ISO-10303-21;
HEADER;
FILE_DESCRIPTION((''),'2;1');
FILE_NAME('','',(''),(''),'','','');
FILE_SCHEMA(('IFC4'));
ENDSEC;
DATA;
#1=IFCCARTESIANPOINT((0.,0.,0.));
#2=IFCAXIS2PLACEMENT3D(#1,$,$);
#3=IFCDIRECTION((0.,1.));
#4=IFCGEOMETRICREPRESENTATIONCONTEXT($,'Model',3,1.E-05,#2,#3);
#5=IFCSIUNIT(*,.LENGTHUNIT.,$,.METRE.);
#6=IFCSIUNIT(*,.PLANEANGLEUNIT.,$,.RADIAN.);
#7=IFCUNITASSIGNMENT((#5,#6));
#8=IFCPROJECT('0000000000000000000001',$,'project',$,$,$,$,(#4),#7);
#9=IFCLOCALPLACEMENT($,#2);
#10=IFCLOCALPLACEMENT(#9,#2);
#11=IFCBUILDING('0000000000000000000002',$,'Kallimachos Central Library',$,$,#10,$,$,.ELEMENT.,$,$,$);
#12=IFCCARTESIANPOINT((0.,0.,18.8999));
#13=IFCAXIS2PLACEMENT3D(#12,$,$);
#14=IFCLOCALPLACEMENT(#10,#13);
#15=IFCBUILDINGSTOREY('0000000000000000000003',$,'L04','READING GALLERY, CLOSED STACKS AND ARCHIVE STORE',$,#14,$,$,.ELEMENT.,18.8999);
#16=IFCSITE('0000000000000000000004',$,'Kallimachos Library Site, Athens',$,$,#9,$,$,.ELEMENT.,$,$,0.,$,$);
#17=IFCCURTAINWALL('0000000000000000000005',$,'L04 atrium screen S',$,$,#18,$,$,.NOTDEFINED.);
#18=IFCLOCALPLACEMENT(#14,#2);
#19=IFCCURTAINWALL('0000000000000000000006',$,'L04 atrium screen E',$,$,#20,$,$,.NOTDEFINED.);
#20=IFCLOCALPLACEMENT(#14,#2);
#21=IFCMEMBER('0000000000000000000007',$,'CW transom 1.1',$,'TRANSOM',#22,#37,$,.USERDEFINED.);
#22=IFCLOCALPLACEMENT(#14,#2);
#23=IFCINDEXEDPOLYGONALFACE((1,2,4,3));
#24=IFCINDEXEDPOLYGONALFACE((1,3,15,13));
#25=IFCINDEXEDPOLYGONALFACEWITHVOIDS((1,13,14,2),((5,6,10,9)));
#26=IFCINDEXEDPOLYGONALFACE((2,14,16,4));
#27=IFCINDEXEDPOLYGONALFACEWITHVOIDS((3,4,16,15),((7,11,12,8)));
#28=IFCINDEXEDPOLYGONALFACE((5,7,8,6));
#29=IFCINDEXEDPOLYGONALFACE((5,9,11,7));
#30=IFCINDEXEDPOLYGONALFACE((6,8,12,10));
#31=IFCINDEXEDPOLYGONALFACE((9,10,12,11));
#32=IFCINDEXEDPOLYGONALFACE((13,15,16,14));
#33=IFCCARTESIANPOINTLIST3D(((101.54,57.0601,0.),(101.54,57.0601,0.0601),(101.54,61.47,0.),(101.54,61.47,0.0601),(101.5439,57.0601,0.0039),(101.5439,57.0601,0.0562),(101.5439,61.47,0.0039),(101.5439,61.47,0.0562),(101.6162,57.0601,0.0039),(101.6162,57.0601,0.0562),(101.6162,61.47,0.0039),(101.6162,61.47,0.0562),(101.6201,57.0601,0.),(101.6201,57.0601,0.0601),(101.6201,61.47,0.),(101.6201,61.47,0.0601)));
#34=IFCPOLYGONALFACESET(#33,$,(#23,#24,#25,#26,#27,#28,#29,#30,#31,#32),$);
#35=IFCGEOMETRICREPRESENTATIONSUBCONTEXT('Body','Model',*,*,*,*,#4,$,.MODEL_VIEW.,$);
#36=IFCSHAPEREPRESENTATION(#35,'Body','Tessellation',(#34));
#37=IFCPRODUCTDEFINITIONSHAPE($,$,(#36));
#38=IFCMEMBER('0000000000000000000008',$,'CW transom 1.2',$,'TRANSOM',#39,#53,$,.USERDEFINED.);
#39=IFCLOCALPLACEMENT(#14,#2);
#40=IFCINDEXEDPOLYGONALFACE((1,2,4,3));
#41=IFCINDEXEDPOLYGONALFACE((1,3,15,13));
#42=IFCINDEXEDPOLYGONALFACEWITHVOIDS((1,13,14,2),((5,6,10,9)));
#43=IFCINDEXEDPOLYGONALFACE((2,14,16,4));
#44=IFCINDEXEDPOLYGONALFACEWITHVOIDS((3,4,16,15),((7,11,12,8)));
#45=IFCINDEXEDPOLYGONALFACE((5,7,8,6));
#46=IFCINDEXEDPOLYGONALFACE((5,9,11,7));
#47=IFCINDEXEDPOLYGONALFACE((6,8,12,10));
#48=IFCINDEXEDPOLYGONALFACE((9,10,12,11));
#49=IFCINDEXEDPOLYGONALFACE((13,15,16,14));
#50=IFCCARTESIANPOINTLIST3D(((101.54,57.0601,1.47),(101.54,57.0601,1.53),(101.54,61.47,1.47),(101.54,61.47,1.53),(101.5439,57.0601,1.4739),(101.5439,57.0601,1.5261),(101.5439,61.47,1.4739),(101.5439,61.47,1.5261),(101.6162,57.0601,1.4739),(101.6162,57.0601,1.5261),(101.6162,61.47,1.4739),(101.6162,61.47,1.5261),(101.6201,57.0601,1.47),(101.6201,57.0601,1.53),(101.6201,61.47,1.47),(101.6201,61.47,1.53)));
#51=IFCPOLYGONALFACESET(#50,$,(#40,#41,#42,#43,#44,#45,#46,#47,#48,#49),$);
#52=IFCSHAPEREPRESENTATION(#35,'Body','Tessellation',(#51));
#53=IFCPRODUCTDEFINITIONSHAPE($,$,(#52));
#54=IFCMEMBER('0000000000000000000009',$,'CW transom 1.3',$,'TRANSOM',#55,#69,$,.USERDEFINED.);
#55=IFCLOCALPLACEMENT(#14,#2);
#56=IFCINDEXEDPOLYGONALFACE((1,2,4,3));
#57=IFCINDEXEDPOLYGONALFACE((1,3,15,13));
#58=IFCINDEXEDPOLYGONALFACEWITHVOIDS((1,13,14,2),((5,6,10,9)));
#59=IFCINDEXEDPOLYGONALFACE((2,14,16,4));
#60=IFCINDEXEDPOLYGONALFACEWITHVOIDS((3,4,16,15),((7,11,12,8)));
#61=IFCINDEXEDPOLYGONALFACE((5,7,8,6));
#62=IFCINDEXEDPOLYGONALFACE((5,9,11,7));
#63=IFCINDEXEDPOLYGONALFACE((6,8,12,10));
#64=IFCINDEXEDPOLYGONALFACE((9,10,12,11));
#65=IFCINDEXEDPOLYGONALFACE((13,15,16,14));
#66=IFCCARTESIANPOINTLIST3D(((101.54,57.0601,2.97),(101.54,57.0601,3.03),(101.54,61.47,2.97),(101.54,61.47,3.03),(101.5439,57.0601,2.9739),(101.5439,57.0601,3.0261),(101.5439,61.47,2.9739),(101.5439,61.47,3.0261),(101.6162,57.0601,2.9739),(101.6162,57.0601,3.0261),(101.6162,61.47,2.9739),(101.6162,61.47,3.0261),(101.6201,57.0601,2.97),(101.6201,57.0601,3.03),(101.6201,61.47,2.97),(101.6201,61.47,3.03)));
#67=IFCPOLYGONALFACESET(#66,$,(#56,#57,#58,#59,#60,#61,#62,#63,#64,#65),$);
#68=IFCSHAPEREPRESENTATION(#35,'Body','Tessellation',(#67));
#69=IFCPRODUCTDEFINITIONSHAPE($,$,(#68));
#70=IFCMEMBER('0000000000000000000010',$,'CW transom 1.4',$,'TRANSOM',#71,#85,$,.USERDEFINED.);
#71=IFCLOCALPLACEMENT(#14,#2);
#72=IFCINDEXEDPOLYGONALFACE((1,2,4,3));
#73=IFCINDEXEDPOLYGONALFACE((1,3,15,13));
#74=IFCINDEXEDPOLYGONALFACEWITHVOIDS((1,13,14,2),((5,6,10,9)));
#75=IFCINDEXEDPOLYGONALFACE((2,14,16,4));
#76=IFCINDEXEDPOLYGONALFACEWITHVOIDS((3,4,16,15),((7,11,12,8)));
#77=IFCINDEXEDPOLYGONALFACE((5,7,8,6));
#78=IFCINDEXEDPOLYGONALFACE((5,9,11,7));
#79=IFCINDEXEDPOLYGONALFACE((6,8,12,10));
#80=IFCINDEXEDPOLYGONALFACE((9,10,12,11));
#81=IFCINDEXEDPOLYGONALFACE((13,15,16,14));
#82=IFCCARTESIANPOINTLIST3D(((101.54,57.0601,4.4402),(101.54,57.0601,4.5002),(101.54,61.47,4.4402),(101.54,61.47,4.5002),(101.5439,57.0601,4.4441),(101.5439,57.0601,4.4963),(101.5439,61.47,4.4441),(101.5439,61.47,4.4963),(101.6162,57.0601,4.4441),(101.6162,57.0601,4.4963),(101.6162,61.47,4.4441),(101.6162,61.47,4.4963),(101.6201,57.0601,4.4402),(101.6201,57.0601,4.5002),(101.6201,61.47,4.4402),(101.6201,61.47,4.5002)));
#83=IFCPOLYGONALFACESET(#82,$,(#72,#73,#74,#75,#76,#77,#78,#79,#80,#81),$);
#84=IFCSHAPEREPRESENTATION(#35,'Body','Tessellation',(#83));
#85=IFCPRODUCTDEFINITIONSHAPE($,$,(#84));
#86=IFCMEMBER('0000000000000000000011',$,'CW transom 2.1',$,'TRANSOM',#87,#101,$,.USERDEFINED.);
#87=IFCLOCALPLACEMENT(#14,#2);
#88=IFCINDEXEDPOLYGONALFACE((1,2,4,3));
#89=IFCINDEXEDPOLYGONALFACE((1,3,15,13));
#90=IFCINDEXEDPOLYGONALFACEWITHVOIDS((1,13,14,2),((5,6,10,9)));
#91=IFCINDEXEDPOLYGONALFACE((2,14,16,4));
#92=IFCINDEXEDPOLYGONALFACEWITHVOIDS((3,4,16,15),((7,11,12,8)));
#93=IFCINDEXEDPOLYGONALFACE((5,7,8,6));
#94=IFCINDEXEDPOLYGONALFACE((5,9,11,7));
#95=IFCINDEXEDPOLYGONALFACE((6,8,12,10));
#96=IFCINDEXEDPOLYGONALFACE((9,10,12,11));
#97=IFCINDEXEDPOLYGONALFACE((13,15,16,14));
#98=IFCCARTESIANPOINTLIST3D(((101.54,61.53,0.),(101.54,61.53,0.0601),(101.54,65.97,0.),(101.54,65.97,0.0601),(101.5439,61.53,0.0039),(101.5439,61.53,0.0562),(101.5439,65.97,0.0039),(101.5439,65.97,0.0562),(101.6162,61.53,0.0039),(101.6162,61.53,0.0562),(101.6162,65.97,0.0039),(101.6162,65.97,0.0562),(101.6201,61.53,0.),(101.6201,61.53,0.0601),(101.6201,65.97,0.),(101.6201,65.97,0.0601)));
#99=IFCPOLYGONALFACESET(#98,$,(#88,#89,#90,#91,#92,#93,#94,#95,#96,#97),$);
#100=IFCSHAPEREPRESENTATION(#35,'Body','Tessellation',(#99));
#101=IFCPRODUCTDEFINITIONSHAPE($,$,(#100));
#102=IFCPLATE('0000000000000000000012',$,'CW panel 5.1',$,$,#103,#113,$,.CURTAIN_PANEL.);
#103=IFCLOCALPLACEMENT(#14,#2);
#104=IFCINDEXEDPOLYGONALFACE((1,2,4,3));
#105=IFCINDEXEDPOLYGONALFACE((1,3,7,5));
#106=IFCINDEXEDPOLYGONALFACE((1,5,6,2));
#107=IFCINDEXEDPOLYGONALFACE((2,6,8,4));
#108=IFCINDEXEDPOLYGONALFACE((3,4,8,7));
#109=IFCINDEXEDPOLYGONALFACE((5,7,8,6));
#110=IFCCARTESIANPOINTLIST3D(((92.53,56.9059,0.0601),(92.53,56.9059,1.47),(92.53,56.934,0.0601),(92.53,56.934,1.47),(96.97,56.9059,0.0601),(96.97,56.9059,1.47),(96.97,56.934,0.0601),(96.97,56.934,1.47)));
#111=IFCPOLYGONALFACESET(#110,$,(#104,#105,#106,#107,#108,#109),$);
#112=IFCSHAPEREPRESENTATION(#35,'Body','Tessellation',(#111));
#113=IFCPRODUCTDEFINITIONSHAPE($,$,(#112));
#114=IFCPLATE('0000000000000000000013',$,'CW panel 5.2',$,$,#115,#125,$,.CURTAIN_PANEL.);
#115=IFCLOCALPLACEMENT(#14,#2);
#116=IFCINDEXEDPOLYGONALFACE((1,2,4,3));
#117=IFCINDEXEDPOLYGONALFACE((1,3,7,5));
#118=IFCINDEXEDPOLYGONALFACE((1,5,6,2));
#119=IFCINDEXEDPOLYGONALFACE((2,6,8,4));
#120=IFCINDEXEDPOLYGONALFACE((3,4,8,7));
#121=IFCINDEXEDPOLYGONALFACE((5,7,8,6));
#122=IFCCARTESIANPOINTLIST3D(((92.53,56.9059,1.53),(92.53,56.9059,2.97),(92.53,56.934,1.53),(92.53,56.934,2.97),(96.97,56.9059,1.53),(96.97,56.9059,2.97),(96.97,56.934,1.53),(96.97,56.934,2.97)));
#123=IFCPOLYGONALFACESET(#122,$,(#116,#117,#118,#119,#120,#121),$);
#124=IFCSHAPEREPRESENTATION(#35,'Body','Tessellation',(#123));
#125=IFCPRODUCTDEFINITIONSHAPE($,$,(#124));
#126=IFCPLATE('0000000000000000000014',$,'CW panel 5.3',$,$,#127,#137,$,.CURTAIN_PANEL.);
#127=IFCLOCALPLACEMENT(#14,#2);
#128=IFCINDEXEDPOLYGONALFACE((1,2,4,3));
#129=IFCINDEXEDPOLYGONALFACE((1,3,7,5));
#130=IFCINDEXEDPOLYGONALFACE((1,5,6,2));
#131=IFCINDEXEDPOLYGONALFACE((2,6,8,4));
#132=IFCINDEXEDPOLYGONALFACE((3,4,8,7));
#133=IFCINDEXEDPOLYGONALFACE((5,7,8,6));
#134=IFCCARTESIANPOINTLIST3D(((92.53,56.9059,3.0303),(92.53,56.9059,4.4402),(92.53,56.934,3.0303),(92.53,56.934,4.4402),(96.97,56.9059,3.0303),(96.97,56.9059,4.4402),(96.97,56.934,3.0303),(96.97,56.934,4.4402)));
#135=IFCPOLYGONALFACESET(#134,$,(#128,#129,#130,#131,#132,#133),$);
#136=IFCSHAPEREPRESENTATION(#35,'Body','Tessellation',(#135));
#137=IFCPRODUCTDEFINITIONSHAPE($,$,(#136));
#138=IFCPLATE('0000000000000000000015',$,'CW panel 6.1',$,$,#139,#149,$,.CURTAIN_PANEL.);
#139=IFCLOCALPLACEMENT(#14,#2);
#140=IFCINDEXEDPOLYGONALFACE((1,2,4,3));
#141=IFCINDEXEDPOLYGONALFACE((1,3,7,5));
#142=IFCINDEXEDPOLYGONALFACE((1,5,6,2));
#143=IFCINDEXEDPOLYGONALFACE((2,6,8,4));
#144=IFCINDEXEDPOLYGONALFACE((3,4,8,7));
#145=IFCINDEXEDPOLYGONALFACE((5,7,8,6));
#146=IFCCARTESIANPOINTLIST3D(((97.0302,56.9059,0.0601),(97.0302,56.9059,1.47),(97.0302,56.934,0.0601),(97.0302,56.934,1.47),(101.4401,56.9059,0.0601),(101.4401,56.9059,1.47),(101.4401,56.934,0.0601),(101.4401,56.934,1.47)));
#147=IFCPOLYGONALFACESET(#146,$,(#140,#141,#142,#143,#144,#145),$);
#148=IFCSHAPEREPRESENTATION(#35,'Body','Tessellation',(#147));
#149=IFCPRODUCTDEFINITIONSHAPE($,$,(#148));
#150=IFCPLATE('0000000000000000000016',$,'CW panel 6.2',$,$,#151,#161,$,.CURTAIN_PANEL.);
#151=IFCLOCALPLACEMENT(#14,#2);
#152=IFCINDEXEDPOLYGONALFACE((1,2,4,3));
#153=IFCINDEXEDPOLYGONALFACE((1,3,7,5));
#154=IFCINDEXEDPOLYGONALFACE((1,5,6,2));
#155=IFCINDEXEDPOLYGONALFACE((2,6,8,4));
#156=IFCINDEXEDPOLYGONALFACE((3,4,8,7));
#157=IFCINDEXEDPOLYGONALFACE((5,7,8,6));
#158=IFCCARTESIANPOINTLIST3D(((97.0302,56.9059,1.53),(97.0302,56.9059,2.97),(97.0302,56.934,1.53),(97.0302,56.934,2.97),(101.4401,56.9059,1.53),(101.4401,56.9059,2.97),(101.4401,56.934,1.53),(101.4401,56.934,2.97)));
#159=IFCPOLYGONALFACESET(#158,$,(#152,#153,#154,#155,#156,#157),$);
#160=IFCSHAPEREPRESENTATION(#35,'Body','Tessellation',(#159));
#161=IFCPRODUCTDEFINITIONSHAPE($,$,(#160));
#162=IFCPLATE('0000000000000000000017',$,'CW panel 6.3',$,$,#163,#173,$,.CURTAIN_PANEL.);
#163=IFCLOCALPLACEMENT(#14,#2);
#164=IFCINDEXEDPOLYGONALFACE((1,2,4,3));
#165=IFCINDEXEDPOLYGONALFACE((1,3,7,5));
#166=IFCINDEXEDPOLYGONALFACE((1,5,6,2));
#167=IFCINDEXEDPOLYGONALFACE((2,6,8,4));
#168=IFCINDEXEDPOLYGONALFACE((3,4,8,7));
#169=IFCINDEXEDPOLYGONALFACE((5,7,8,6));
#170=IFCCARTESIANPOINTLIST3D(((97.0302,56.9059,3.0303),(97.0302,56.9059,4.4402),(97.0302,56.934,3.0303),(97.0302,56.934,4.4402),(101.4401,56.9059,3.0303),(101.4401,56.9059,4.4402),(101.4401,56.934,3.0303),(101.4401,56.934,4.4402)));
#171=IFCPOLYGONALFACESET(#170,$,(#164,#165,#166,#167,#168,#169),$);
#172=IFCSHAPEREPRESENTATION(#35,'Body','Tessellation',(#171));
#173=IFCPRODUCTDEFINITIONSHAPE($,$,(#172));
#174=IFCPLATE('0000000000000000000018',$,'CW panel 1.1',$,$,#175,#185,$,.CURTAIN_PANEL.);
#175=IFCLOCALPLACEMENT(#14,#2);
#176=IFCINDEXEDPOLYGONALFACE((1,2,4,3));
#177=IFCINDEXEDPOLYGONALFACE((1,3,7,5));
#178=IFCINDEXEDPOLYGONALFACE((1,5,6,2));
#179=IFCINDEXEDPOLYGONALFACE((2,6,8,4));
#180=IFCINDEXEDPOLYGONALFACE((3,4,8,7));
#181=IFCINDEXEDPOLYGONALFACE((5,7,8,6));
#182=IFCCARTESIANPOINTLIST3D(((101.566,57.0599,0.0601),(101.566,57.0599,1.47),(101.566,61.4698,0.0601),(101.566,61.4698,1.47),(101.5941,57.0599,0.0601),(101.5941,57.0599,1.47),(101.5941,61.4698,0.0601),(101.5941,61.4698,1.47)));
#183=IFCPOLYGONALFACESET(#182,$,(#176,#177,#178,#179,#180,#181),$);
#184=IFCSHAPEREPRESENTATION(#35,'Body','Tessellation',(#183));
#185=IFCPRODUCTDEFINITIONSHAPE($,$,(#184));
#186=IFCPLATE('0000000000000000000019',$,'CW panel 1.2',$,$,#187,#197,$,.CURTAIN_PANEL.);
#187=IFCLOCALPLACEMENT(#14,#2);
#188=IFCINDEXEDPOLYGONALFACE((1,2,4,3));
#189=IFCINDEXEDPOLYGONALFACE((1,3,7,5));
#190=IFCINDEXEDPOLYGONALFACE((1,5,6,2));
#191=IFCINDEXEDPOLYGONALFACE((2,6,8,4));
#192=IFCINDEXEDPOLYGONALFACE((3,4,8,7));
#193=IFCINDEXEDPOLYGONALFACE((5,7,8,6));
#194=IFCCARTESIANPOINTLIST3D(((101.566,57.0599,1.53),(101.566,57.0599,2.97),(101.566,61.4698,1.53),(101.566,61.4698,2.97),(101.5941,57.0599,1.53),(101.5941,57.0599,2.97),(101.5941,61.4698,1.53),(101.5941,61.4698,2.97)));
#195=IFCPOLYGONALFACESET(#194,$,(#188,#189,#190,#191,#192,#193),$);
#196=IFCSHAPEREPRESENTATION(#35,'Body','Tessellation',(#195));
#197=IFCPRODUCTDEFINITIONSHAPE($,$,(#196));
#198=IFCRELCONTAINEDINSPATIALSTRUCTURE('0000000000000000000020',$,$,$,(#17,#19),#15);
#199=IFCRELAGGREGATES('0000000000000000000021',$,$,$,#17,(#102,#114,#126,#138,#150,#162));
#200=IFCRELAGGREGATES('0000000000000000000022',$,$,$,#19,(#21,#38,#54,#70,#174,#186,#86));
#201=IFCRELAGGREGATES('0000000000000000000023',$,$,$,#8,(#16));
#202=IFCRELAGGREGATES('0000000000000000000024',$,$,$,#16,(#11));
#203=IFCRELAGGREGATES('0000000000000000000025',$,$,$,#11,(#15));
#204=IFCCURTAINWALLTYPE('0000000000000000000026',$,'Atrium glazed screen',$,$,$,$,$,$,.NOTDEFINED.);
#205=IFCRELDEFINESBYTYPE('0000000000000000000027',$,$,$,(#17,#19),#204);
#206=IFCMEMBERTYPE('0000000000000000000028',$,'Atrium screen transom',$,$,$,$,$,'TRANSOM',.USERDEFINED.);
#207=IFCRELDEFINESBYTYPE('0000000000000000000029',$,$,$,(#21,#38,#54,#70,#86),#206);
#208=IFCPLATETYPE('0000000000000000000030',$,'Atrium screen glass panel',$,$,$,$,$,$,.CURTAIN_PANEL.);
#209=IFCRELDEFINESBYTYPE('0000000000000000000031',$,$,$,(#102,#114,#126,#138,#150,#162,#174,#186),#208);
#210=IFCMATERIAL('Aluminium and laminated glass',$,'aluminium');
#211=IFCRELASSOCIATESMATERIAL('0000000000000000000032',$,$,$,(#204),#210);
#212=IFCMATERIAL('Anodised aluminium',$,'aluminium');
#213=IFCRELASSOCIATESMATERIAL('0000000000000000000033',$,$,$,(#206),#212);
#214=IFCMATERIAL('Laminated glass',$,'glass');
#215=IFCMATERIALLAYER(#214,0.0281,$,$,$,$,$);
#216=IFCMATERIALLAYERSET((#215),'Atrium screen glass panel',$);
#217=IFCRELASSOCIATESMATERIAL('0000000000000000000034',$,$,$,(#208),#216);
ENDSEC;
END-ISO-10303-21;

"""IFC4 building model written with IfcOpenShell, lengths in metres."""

from ifc_helpers import new_model, si_unit, direction, frame, origin, origin_2d, place, context, subcontext, project, spatial, rectangle, hollow_rectangle, extrude, material, layer, layer_set, material_profile, profile_set, type_object, element, aggregate, save


model = new_model("IFC4")

# Units and contexts
model_context = context("Model", 3, precision=1e-05, world=origin(), true_north=direction((0.0, 1.0)))
body_context = subcontext(model_context, "Body", "Model", "MODEL_VIEW")
ifc_project = project(units=[si_unit("LENGTHUNIT", "METRE"), si_unit("PLANEANGLEUNIT", "RADIAN")], contexts=[model_context])

# Site, building, storey
site_placement = place(None, origin())
site = spatial("IfcSite", under=ifc_project, at=site_placement, Name="Kallimachos Library Site, Athens", CompositionType="ELEMENT", RefElevation=0.0)
building_placement = place(site_placement, origin())
building = spatial("IfcBuilding", under=site, at=building_placement, Name="Kallimachos Central Library", CompositionType="ELEMENT")
storey_placement = place(building_placement, frame((0.0, 0.0, 18.8999)))
storey = spatial("IfcBuildingStorey", under=building, at=storey_placement, Name="L04", Description="READING GALLERY, CLOSED STACKS AND ARCHIVE STORE", CompositionType="ELEMENT", Elevation=18.8999)

# Curtain walls
ifc_material_1 = material(Name="Aluminium and laminated glass", Category="aluminium")
curtain_wall_type = type_object("IfcCurtainWallType", Name="Atrium glazed screen", PredefinedType="NOTDEFINED", material=ifc_material_1)
curtain_wall_1_placement = place(storey_placement, origin())
curtain_wall_1 = element("IfcCurtainWall", 1, at=curtain_wall_1_placement, inside=storey, type_object=curtain_wall_type, Name="L04 atrium screen S", PredefinedType="NOTDEFINED")
curtain_wall_2_placement = place(storey_placement, origin())
curtain_wall_2 = element("IfcCurtainWall", 2, at=curtain_wall_2_placement, inside=storey, type_object=curtain_wall_type, Name="L04 atrium screen E", PredefinedType="NOTDEFINED")

# Members
ifc_material_2 = material(Name="Anodised aluminium", Category="aluminium")
ifc_material_profile_1 = material_profile(ifc_material_2, hollow_rectangle(XDim=0.0601, YDim=0.0801, WallThickness=0.0039, at=origin_2d()), Name="ALU TRANSOM 60x80")
ifc_profile_set_1 = profile_set([ifc_material_profile_1], Name="Anodised aluminium")
member_type_1 = type_object("IfcMemberType", Name="Atrium screen transom", ElementType="TRANSOM", PredefinedType="USERDEFINED", material=ifc_profile_set_1)
member_1_placement = place(storey_placement, frame((101.5801, 57.0601, 0.03), z_axis=(0.0, 1.0, 0.0), x_axis=(0.0, 0.0, 1.0)))
member_1 = element("IfcMember", 3, at=member_1_placement, type_object=member_type_1, Name="CW transom 1.1", ObjectType="TRANSOM", PredefinedType="USERDEFINED", context=body_context, shape_type="SweptSolid", body=[
    extrude(hollow_rectangle(XDim=0.0601, YDim=0.0801, WallThickness=0.0039, at=origin_2d()), origin(), (0.0, 0.0, 1.0), 4.4099),
])
member_2_placement = place(storey_placement, frame((101.5801, 57.0601, 1.5), z_axis=(0.0, 1.0, 0.0), x_axis=(0.0, 0.0, 1.0)))
member_2 = element("IfcMember", 4, at=member_2_placement, type_object=member_type_1, Name="CW transom 1.2", ObjectType="TRANSOM", PredefinedType="USERDEFINED", context=body_context, shape_type="SweptSolid", body=[
    extrude(hollow_rectangle(XDim=0.0601, YDim=0.0801, WallThickness=0.0039, at=origin_2d()), origin(), (0.0, 0.0, 1.0), 4.4099),
])
member_3_placement = place(storey_placement, frame((101.5801, 57.0601, 3.0), z_axis=(0.0, 1.0, 0.0), x_axis=(0.0, 0.0, 1.0)))
member_3 = element("IfcMember", 5, at=member_3_placement, type_object=member_type_1, Name="CW transom 1.3", ObjectType="TRANSOM", PredefinedType="USERDEFINED", context=body_context, shape_type="SweptSolid", body=[
    extrude(hollow_rectangle(XDim=0.0601, YDim=0.0801, WallThickness=0.0039, at=origin_2d()), origin(), (0.0, 0.0, 1.0), 4.4099),
])
member_4_placement = place(storey_placement, frame((101.5801, 57.0601, 4.4702), z_axis=(0.0, 1.0, 0.0), x_axis=(0.0, 0.0, 1.0)))
member_4 = element("IfcMember", 6, at=member_4_placement, type_object=member_type_1, Name="CW transom 1.4", ObjectType="TRANSOM", PredefinedType="USERDEFINED", context=body_context, shape_type="SweptSolid", body=[
    extrude(hollow_rectangle(XDim=0.0601, YDim=0.0801, WallThickness=0.0039, at=origin_2d()), origin(), (0.0, 0.0, 1.0), 4.4099),
])
member_5_placement = place(storey_placement, frame((101.5801, 61.53, 0.03), z_axis=(0.0, 1.0, 0.0), x_axis=(0.0, 0.0, 1.0)))
member_5 = element("IfcMember", 7, at=member_5_placement, type_object=member_type_1, Name="CW transom 2.1", ObjectType="TRANSOM", PredefinedType="USERDEFINED", context=body_context, shape_type="SweptSolid", body=[
    extrude(hollow_rectangle(XDim=0.0601, YDim=0.0801, WallThickness=0.0039, at=origin_2d()), origin(), (0.0, 0.0, 1.0), 4.4399),
])

# Plates
ifc_material_3 = material(Name="Laminated glass", Category="glass")
ifc_layer = layer(ifc_material_3, 0.0281)
ifc_layer_set = layer_set([ifc_layer], Name="Atrium screen glass panel")
plate_type = type_object("IfcPlateType", Name="Atrium screen glass panel", PredefinedType="CURTAIN_PANEL", material=ifc_layer_set)
plate_1_placement = place(storey_placement, frame((94.75, 56.9199, 0.0601), z_axis=(0.0, 0.0, 1.0), x_axis=(1.0, 0.0, 0.0)))
plate_1 = element("IfcPlate", 8, at=plate_1_placement, type_object=plate_type, Name="CW panel 5.1", PredefinedType="CURTAIN_PANEL", context=body_context, shape_type="SweptSolid", body=[
    extrude(rectangle(XDim=4.4399, YDim=0.0281, at=origin_2d()), origin(), (0.0, 0.0, 1.0), 1.4099),
])
plate_2_placement = place(storey_placement, frame((94.75, 56.9199, 1.53), z_axis=(0.0, 0.0, 1.0), x_axis=(1.0, 0.0, 0.0)))
plate_2 = element("IfcPlate", 9, at=plate_2_placement, type_object=plate_type, Name="CW panel 5.2", PredefinedType="CURTAIN_PANEL", context=body_context, shape_type="SweptSolid", body=[
    extrude(rectangle(XDim=4.4399, YDim=0.0281, at=origin_2d()), origin(), (0.0, 0.0, 1.0), 1.4399),
])
plate_3_placement = place(storey_placement, frame((94.75, 56.9199, 3.0303), z_axis=(0.0, 0.0, 1.0), x_axis=(1.0, 0.0, 0.0)))
plate_3 = element("IfcPlate", 10, at=plate_3_placement, type_object=plate_type, Name="CW panel 5.3", PredefinedType="CURTAIN_PANEL", context=body_context, shape_type="SweptSolid", body=[
    extrude(rectangle(XDim=4.4399, YDim=0.0281, at=origin_2d()), origin(), (0.0, 0.0, 1.0), 1.4099),
])
plate_4_placement = place(storey_placement, frame((99.2351, 56.9199, 0.0601), z_axis=(0.0, 0.0, 1.0), x_axis=(1.0, 0.0, 0.0)))
plate_4 = element("IfcPlate", 11, at=plate_4_placement, type_object=plate_type, Name="CW panel 6.1", PredefinedType="CURTAIN_PANEL", context=body_context, shape_type="SweptSolid", body=[
    extrude(rectangle(XDim=4.4099, YDim=0.0281, at=origin_2d()), origin(), (0.0, 0.0, 1.0), 1.4099),
])
plate_5_placement = place(storey_placement, frame((99.2351, 56.9199, 1.53), z_axis=(0.0, 0.0, 1.0), x_axis=(1.0, 0.0, 0.0)))
plate_5 = element("IfcPlate", 12, at=plate_5_placement, type_object=plate_type, Name="CW panel 6.2", PredefinedType="CURTAIN_PANEL", context=body_context, shape_type="SweptSolid", body=[
    extrude(rectangle(XDim=4.4099, YDim=0.0281, at=origin_2d()), origin(), (0.0, 0.0, 1.0), 1.4399),
])
plate_6_placement = place(storey_placement, frame((99.2351, 56.9199, 3.0303), z_axis=(0.0, 0.0, 1.0), x_axis=(1.0, 0.0, 0.0)))
plate_6 = element("IfcPlate", 13, at=plate_6_placement, type_object=plate_type, Name="CW panel 6.3", PredefinedType="CURTAIN_PANEL", context=body_context, shape_type="SweptSolid", body=[
    extrude(rectangle(XDim=4.4099, YDim=0.0281, at=origin_2d()), origin(), (0.0, 0.0, 1.0), 1.4099),
])
aggregate(curtain_wall_1, [plate_1, plate_2, plate_3, plate_4, plate_5, plate_6])
plate_7_placement = place(storey_placement, frame((101.5801, 59.2649, 0.0601), z_axis=(0.0, 0.0, 1.0), x_axis=(0.0, 1.0, 0.0)))
plate_7 = element("IfcPlate", 14, at=plate_7_placement, type_object=plate_type, Name="CW panel 1.1", PredefinedType="CURTAIN_PANEL", context=body_context, shape_type="SweptSolid", body=[
    extrude(rectangle(XDim=4.4099, YDim=0.0281, at=origin_2d()), origin(), (0.0, 0.0, 1.0), 1.4099),
])
plate_8_placement = place(storey_placement, frame((101.5801, 59.2649, 1.53), z_axis=(0.0, 0.0, 1.0), x_axis=(0.0, 1.0, 0.0)))
plate_8 = element("IfcPlate", 15, at=plate_8_placement, type_object=plate_type, Name="CW panel 1.2", PredefinedType="CURTAIN_PANEL", context=body_context, shape_type="SweptSolid", body=[
    extrude(rectangle(XDim=4.4099, YDim=0.0281, at=origin_2d()), origin(), (0.0, 0.0, 1.0), 1.4399),
])
aggregate(curtain_wall_2, [member_1, member_2, member_3, member_4, plate_7, plate_8, member_5])

save(model, "model.ifc")
